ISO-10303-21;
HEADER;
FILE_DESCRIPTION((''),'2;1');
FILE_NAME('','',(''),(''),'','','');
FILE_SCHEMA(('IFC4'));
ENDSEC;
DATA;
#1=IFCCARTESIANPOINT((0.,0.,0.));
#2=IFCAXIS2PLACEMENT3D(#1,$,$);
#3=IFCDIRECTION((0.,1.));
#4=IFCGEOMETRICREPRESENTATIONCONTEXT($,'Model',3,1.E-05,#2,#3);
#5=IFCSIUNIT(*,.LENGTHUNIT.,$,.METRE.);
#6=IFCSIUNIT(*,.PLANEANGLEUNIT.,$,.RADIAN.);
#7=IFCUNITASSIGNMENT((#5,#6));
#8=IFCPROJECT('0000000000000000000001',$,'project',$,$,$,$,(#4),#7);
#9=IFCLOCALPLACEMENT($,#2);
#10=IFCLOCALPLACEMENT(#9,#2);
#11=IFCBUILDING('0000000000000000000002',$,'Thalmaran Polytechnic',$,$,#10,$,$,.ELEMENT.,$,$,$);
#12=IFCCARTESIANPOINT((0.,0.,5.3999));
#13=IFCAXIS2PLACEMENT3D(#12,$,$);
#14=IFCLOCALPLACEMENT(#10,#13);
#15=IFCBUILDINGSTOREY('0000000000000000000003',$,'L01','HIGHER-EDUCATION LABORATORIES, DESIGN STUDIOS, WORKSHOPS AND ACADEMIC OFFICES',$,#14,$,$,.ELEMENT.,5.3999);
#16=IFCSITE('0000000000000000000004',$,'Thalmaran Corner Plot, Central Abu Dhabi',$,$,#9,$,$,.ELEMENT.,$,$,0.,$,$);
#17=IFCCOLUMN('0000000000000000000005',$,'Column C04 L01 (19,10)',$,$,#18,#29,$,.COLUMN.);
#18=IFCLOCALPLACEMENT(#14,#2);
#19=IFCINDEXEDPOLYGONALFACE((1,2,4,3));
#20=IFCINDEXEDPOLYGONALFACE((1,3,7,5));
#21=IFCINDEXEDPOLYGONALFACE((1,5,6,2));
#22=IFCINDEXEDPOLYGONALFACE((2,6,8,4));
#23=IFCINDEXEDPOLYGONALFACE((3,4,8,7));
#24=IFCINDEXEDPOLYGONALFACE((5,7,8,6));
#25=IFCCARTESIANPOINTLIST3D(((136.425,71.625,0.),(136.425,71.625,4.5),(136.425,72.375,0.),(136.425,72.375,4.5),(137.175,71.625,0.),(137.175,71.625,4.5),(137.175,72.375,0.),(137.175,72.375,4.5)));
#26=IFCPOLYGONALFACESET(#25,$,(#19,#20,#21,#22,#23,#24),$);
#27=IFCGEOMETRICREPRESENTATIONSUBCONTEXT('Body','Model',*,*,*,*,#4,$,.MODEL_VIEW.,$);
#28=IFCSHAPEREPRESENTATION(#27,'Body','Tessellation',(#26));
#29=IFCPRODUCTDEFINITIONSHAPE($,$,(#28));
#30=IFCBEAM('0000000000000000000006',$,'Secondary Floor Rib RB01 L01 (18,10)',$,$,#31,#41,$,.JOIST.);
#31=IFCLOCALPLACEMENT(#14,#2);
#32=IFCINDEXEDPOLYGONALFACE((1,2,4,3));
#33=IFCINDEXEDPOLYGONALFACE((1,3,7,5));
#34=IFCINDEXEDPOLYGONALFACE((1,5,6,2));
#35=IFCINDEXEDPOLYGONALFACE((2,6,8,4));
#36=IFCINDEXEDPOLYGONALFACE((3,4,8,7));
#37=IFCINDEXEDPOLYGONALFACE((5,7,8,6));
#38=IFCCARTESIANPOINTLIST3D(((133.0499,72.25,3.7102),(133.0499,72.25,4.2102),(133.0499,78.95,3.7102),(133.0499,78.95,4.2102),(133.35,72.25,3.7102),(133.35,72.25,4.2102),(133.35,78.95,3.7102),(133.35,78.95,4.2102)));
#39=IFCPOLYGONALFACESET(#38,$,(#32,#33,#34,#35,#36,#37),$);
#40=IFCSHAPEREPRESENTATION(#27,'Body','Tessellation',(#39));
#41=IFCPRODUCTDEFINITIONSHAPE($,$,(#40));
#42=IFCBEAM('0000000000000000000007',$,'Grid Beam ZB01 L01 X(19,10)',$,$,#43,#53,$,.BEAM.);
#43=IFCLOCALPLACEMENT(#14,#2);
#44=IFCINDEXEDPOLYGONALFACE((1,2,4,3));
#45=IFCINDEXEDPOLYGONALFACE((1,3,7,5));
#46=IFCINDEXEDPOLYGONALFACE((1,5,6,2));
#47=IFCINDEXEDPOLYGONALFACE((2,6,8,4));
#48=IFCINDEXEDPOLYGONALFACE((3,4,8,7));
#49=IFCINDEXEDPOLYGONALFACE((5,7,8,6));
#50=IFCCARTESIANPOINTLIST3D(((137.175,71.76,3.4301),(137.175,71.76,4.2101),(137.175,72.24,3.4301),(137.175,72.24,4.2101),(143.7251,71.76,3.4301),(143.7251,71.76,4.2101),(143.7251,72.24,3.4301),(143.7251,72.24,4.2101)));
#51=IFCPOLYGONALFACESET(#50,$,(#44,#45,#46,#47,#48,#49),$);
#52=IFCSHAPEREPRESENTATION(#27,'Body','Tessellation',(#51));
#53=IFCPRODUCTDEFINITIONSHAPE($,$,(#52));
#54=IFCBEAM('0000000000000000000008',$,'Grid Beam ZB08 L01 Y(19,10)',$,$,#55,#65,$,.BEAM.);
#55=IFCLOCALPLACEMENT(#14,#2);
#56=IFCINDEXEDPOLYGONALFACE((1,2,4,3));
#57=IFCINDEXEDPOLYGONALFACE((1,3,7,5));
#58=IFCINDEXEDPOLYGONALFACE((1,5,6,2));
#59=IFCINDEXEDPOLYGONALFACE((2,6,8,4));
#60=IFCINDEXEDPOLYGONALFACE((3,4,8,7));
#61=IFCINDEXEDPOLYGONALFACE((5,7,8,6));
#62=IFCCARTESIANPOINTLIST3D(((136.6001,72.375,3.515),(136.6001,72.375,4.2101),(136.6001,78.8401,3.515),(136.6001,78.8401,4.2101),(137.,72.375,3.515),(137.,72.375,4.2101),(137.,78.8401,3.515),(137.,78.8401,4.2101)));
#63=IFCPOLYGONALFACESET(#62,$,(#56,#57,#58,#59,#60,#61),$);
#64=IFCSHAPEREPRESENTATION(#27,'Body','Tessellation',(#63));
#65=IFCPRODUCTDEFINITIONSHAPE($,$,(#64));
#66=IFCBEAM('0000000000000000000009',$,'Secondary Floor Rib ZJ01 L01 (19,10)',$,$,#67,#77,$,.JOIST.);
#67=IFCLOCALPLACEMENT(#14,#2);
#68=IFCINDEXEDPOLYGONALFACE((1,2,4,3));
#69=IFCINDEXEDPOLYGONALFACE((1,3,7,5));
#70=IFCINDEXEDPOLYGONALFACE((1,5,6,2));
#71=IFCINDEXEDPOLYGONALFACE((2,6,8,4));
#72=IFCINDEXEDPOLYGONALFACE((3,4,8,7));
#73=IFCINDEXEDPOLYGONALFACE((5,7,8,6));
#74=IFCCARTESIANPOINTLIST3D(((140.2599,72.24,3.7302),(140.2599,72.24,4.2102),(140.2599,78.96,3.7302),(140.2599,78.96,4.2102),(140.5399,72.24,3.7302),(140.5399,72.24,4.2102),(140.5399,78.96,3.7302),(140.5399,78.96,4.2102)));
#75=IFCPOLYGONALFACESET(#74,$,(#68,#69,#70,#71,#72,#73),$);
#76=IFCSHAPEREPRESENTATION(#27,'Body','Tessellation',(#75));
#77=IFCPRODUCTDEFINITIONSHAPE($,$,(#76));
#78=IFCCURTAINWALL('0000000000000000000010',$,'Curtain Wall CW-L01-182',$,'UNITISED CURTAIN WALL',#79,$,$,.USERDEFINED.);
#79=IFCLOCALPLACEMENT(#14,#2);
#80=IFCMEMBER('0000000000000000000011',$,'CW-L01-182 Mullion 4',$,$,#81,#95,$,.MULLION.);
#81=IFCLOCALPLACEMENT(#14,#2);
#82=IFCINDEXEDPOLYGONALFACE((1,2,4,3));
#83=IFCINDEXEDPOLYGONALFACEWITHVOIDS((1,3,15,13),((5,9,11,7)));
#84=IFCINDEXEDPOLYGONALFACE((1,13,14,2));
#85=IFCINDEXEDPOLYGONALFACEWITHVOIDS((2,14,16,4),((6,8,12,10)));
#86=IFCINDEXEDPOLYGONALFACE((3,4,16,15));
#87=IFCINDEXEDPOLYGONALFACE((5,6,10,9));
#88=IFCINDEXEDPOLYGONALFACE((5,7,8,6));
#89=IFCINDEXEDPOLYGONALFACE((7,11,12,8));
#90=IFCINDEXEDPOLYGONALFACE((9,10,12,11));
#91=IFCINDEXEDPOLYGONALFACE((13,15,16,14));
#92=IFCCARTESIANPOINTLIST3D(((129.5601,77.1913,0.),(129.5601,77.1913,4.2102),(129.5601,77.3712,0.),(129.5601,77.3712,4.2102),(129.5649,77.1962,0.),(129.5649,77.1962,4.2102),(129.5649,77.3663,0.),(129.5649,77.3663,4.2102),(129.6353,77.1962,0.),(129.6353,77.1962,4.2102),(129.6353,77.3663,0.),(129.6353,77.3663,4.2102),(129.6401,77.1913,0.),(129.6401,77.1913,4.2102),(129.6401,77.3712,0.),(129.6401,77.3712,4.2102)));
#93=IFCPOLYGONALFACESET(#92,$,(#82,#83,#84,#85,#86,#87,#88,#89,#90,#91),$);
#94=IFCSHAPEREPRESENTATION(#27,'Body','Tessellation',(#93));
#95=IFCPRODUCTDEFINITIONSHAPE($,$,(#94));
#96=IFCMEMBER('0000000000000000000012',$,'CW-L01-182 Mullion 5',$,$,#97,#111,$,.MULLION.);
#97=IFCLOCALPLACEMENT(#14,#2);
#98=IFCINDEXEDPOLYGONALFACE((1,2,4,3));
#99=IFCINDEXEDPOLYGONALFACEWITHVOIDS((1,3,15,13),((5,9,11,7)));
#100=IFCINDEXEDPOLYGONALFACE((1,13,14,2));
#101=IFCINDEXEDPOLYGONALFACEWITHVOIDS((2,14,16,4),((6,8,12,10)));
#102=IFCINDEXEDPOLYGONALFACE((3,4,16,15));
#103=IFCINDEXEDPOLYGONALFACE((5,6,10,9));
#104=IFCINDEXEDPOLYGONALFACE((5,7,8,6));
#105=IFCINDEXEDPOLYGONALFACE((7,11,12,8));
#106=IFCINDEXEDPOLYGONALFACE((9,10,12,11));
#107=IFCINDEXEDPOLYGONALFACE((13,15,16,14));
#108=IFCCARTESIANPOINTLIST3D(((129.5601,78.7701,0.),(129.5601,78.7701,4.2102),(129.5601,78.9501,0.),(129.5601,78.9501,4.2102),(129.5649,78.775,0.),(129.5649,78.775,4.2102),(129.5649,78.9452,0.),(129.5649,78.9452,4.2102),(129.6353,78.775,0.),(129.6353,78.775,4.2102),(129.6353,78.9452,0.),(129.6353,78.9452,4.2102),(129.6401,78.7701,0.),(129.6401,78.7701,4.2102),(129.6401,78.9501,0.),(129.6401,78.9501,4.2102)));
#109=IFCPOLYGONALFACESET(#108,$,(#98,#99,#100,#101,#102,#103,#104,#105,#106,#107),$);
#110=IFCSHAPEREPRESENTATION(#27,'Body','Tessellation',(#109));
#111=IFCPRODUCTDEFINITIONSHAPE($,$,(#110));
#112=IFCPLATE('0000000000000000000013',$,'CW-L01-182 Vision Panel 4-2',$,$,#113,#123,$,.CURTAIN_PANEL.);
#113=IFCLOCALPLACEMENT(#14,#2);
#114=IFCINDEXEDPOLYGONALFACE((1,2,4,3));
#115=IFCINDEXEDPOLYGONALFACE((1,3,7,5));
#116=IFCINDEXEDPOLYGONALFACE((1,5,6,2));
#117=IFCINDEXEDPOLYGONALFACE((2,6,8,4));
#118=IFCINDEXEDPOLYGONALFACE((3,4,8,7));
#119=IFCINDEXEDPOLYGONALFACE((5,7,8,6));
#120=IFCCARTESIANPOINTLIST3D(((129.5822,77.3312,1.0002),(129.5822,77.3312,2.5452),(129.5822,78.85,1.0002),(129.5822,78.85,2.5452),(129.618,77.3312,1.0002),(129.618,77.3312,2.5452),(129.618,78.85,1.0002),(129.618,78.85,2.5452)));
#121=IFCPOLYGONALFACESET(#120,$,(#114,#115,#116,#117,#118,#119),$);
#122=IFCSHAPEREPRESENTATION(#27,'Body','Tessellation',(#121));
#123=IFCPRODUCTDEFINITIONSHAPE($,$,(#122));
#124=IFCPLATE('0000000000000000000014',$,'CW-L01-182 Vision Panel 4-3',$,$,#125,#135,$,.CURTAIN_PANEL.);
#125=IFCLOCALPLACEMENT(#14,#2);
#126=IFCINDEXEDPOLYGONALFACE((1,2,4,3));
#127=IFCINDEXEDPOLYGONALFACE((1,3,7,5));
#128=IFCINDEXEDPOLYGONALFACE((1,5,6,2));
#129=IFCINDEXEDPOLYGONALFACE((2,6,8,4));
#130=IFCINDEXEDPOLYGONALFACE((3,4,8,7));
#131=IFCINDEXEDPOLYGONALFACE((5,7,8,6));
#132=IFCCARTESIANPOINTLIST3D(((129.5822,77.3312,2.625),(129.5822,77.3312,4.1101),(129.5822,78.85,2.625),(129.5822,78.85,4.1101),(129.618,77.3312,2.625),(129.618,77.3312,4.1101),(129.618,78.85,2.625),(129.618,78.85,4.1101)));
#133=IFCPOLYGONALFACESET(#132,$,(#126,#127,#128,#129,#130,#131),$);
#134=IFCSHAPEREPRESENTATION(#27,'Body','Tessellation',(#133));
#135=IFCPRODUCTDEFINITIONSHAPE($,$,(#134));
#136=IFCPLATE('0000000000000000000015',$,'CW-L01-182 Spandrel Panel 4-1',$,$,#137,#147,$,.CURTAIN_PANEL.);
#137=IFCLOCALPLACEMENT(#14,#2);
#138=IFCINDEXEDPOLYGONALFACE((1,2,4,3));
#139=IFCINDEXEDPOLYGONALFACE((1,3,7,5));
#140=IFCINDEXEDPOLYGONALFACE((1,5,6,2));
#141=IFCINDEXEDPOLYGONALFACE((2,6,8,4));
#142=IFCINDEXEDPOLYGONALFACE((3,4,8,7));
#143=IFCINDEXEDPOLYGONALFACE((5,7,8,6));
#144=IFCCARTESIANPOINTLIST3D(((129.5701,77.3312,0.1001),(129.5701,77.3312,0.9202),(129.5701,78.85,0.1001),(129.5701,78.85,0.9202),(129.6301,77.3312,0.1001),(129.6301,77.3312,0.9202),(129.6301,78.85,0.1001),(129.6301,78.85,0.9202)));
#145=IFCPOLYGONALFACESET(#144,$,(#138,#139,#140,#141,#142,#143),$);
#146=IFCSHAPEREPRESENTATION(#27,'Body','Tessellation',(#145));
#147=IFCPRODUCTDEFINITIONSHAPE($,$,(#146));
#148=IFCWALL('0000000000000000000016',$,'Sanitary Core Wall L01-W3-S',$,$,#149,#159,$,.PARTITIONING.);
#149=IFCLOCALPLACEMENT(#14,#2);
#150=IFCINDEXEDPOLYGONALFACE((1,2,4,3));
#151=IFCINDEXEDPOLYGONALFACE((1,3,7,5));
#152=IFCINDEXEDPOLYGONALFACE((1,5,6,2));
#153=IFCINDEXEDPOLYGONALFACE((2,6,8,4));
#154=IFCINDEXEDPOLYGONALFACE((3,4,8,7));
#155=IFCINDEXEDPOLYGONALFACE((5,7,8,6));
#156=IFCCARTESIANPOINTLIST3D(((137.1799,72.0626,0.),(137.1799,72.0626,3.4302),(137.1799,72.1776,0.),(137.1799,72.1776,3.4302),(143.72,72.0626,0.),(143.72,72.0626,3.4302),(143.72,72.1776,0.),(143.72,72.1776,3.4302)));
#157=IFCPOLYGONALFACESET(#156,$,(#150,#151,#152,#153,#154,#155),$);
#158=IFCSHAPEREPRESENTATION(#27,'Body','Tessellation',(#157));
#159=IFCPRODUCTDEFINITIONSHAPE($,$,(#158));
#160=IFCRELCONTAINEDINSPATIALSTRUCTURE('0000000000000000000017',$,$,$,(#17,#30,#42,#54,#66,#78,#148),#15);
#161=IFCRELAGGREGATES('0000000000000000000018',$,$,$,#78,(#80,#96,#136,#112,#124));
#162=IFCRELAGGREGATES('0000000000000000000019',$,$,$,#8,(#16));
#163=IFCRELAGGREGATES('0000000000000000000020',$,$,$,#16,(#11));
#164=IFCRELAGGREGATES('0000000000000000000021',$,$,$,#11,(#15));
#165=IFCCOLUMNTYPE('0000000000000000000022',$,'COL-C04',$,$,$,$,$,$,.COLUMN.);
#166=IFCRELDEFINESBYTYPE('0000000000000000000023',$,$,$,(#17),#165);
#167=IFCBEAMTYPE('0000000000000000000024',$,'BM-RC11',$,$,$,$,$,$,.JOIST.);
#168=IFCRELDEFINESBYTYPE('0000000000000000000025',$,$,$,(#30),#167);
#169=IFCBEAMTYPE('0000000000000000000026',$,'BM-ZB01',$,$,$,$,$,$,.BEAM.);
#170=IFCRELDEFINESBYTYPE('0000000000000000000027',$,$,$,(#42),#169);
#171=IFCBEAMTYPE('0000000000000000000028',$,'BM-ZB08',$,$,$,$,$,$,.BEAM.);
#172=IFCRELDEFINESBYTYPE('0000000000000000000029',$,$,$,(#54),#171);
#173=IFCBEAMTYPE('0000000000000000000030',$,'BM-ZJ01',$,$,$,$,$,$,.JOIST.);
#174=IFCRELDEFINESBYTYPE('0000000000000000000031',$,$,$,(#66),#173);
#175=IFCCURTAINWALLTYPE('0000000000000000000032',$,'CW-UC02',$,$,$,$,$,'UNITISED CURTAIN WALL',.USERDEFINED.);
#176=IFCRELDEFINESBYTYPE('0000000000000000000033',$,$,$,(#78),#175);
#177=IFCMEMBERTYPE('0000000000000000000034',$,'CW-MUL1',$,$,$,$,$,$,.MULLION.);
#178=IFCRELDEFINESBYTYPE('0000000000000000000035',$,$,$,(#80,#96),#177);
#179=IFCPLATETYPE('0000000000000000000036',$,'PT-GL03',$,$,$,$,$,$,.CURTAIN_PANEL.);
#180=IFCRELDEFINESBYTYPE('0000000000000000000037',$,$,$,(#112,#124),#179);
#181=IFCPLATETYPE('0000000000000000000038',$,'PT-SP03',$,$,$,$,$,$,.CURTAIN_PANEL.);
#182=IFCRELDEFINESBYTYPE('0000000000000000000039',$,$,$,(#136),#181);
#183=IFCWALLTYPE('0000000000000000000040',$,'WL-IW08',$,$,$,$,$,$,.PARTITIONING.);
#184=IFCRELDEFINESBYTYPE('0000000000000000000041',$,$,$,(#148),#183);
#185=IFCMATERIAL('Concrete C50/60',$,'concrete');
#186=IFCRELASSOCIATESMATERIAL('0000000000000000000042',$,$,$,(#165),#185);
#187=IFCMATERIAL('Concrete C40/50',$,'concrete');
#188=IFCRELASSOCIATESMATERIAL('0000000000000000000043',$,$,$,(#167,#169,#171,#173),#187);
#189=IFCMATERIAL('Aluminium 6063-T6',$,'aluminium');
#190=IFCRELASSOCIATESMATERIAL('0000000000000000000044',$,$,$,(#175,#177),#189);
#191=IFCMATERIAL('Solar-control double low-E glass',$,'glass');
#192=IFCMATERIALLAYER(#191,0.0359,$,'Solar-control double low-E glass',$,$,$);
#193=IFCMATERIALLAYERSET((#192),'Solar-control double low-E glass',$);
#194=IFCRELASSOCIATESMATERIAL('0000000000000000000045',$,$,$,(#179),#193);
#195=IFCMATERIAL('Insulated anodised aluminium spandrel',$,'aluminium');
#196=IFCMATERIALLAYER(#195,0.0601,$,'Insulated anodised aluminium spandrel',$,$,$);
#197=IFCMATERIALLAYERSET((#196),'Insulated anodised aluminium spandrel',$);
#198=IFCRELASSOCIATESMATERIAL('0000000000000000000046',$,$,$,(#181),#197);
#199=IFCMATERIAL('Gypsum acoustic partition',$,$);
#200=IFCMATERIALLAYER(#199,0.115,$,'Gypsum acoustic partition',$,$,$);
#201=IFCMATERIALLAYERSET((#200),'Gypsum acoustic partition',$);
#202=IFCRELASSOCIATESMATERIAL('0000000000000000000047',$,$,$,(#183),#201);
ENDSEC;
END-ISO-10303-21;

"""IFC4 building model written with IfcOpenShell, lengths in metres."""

from ifc_helpers import new_model, si_unit, direction, frame, frame_2d, origin, origin_2d, place, context, subcontext, project, spatial, rectangle, hollow_rectangle, extrude, material, layer, layer_set, material_profile, profile_set, type_object, element, aggregate, save


model = new_model("IFC4")

# Units and contexts
model_context = context("Model", 3, precision=1e-05, world=origin(), true_north=direction((0.0, 1.0)))
body_context = subcontext(model_context, "Body", "Model", "MODEL_VIEW")
ifc_project = project(units=[si_unit("LENGTHUNIT", "METRE"), si_unit("PLANEANGLEUNIT", "RADIAN")], contexts=[model_context])

# Site, building, storey
site_placement = place(None, origin())
site = spatial("IfcSite", under=ifc_project, at=site_placement, Name="Thalmaran Corner Plot, Central Abu Dhabi", CompositionType="ELEMENT", RefElevation=0.0)
building_placement = place(site_placement, origin())
building = spatial("IfcBuilding", under=site, at=building_placement, Name="Thalmaran Polytechnic", CompositionType="ELEMENT")
storey_placement = place(building_placement, frame((0.0, 0.0, 5.3999)))
storey = spatial("IfcBuildingStorey", under=building, at=storey_placement, Name="L01", Description="HIGHER-EDUCATION LABORATORIES, DESIGN STUDIOS, WORKSHOPS AND ACADEMIC OFFICES", CompositionType="ELEMENT", Elevation=5.3999)

# Column
ifc_material_1 = material(Name="Concrete C50/60", Category="concrete")
ifc_material_profile_1 = material_profile(ifc_material_1, rectangle(XDim=0.75, YDim=0.75, at=origin_2d()), Name="RC 750x750")
ifc_profile_set_1 = profile_set([ifc_material_profile_1], Name="Concrete C50/60")
column_type = type_object("IfcColumnType", Name="COL-C04", PredefinedType="COLUMN", material=ifc_profile_set_1)
column_placement = place(storey_placement, frame((136.8, 72.0, 0.0), z_axis=(0.0, 0.0, 1.0), x_axis=(1.0, 0.0, 0.0)))
element("IfcColumn", 1, at=column_placement, inside=storey, type_object=column_type, Name="Column C04 L01 (19,10)", PredefinedType="COLUMN", context=body_context, shape_type="SweptSolid", body=[
    extrude(rectangle(XDim=0.75, YDim=0.75, at=origin_2d()), origin(), (0.0, 0.0, 1.0), 4.5),
])

# Beams
ifc_material_2 = material(Name="Concrete C40/50", Category="concrete")
ifc_material_profile_2 = material_profile(ifc_material_2, rectangle(XDim=0.3, YDim=0.5, at=origin_2d()), Name="RC 300x500")
ifc_profile_set_2 = profile_set([ifc_material_profile_2], Name="Concrete C40/50")
beam_type_1 = type_object("IfcBeamType", Name="BM-RC11", PredefinedType="JOIST", material=ifc_profile_set_2)
beam_1_placement = place(storey_placement, frame((133.2, 72.25, 3.9602), z_axis=(0.0, 1.0, 0.0), x_axis=(-1.0, 0.0, 0.0)))
element("IfcBeam", 2, at=beam_1_placement, inside=storey, type_object=beam_type_1, Name="Secondary Floor Rib RB01 L01 (18,10)", PredefinedType="JOIST", context=body_context, shape_type="SweptSolid", body=[
    extrude(rectangle(XDim=0.3, YDim=0.5, at=origin_2d()), origin(), (0.0, 0.0, 1.0), 6.7),
])
ifc_material_profile_3 = material_profile(ifc_material_2, rectangle(XDim=0.48, YDim=0.78, at=origin_2d()), Name="RC 480x780")
ifc_profile_set_3 = profile_set([ifc_material_profile_3], Name="Concrete C40/50")
beam_type_2 = type_object("IfcBeamType", Name="BM-ZB01", PredefinedType="BEAM", material=ifc_profile_set_3)
beam_2_placement = place(storey_placement, frame((137.175, 72.0, 3.8201), z_axis=(1.0, 0.0, 0.0), x_axis=(0.0, 1.0, 0.0)))
element("IfcBeam", 3, at=beam_2_placement, inside=storey, type_object=beam_type_2, Name="Grid Beam ZB01 L01 X(19,10)", PredefinedType="BEAM", context=body_context, shape_type="SweptSolid", body=[
    extrude(rectangle(XDim=0.48, YDim=0.78, at=origin_2d()), origin(), (0.0, 0.0, 1.0), 6.55),
])
ifc_material_profile_4 = material_profile(ifc_material_2, rectangle(XDim=0.3999, YDim=0.6951, at=origin_2d()), Name="RC 400x695")
ifc_profile_set_4 = profile_set([ifc_material_profile_4], Name="Concrete C40/50")
beam_type_3 = type_object("IfcBeamType", Name="BM-ZB08", PredefinedType="BEAM", material=ifc_profile_set_4)
beam_3_placement = place(storey_placement, frame((136.8, 72.375, 3.8625), z_axis=(0.0, 1.0, 0.0), x_axis=(-1.0, 0.0, 0.0)))
element("IfcBeam", 4, at=beam_3_placement, inside=storey, type_object=beam_type_3, Name="Grid Beam ZB08 L01 Y(19,10)", PredefinedType="BEAM", context=body_context, shape_type="SweptSolid", body=[
    extrude(rectangle(XDim=0.3999, YDim=0.6951, at=origin_2d()), origin(), (0.0, 0.0, 1.0), 6.4651),
])
ifc_material_profile_5 = material_profile(ifc_material_2, rectangle(XDim=0.28, YDim=0.48, at=origin_2d()), Name="RC 280x480")
ifc_profile_set_5 = profile_set([ifc_material_profile_5], Name="Concrete C40/50")
beam_type_4 = type_object("IfcBeamType", Name="BM-ZJ01", PredefinedType="JOIST", material=ifc_profile_set_5)
beam_4_placement = place(storey_placement, frame((140.3999, 72.24, 3.9702), z_axis=(0.0, 1.0, 0.0), x_axis=(-1.0, 0.0, 0.0)))
element("IfcBeam", 5, at=beam_4_placement, inside=storey, type_object=beam_type_4, Name="Secondary Floor Rib ZJ01 L01 (19,10)", PredefinedType="JOIST", context=body_context, shape_type="SweptSolid", body=[
    extrude(rectangle(XDim=0.28, YDim=0.48, at=origin_2d()), origin(), (0.0, 0.0, 1.0), 6.72),
])

# Curtain wall, members, plates
ifc_material_3 = material(Name="Aluminium 6063-T6", Category="aluminium")
curtain_wall_type = type_object("IfcCurtainWallType", Name="CW-UC02", ElementType="UNITISED CURTAIN WALL", PredefinedType="USERDEFINED", material=ifc_material_3)
curtain_wall_placement = place(storey_placement, origin())
curtain_wall = element("IfcCurtainWall", 6, at=curtain_wall_placement, inside=storey, type_object=curtain_wall_type, Name="Curtain Wall CW-L01-182", ObjectType="UNITISED CURTAIN WALL", PredefinedType="USERDEFINED")
ifc_material_profile_6 = material_profile(ifc_material_3, hollow_rectangle(XDim=0.0801, YDim=0.1799, WallThickness=0.0049, at=origin_2d()), Name="RHS 180x80x5.0")
ifc_profile_set_6 = profile_set([ifc_material_profile_6], Name="Aluminium 6063-T6")
member_type = type_object("IfcMemberType", Name="CW-MUL1", PredefinedType="MULLION", material=ifc_profile_set_6)
member_1_placement = place(storey_placement, frame((129.6001, 77.2812, 0.0), z_axis=(0.0, 0.0, 1.0), x_axis=(1.0, 0.0, 0.0)))
member_1 = element("IfcMember", 7, at=member_1_placement, type_object=member_type, Name="CW-L01-182 Mullion 4", PredefinedType="MULLION", context=body_context, shape_type="SweptSolid", body=[
    extrude(hollow_rectangle(XDim=0.0801, YDim=0.1799, WallThickness=0.0049, at=origin_2d()), origin(), (0.0, 0.0, 1.0), 4.2102),
])
member_2_placement = place(storey_placement, frame((129.6001, 78.8601, 0.0), z_axis=(0.0, 0.0, 1.0), x_axis=(1.0, 0.0, 0.0)))
member_2 = element("IfcMember", 8, at=member_2_placement, type_object=member_type, Name="CW-L01-182 Mullion 5", PredefinedType="MULLION", context=body_context, shape_type="SweptSolid", body=[
    extrude(hollow_rectangle(XDim=0.0801, YDim=0.1799, WallThickness=0.0049, at=origin_2d()), origin(), (0.0, 0.0, 1.0), 4.2102),
])
ifc_material_4 = material(Name="Solar-control double low-E glass", Category="glass")
ifc_layer_1 = layer(ifc_material_4, 0.0359, Name="Solar-control double low-E glass")
ifc_layer_set_1 = layer_set([ifc_layer_1], Name="Solar-control double low-E glass")
plate_type_1 = type_object("IfcPlateType", Name="PT-GL03", PredefinedType="CURTAIN_PANEL", material=ifc_layer_set_1)
plate_1_placement = place(storey_placement, frame((129.6001, 78.0906, 1.0002), z_axis=(0.0, 0.0, 1.0), x_axis=(0.0, 1.0, 0.0)))
plate_1 = element("IfcPlate", 9, at=plate_1_placement, type_object=plate_type_1, Name="CW-L01-182 Vision Panel 4-2", PredefinedType="CURTAIN_PANEL", context=body_context, shape_type="SweptSolid", body=[
    extrude(rectangle(XDim=1.5188, YDim=0.0359, at=origin_2d()), origin(), (0.0, 0.0, 1.0), 1.5449),
])
plate_2_placement = place(storey_placement, frame((129.6001, 78.0906, 2.625), z_axis=(0.0, 0.0, 1.0), x_axis=(0.0, 1.0, 0.0)))
plate_2 = element("IfcPlate", 10, at=plate_2_placement, type_object=plate_type_1, Name="CW-L01-182 Vision Panel 4-3", PredefinedType="CURTAIN_PANEL", context=body_context, shape_type="SweptSolid", body=[
    extrude(rectangle(XDim=1.5188, YDim=0.0359, at=origin_2d()), origin(), (0.0, 0.0, 1.0), 1.4851),
])
ifc_material_5 = material(Name="Insulated anodised aluminium spandrel", Category="aluminium")
ifc_layer_2 = layer(ifc_material_5, 0.0601, Name="Insulated anodised aluminium spandrel")
ifc_layer_set_2 = layer_set([ifc_layer_2], Name="Insulated anodised aluminium spandrel")
plate_type_2 = type_object("IfcPlateType", Name="PT-SP03", PredefinedType="CURTAIN_PANEL", material=ifc_layer_set_2)
plate_3_placement = place(storey_placement, frame((129.6001, 78.0906, 0.1001), z_axis=(0.0, 0.0, 1.0), x_axis=(0.0, 1.0, 0.0)))
plate_3 = element("IfcPlate", 11, at=plate_3_placement, type_object=plate_type_2, Name="CW-L01-182 Spandrel Panel 4-1", PredefinedType="CURTAIN_PANEL", context=body_context, shape_type="SweptSolid", body=[
    extrude(rectangle(XDim=1.5188, YDim=0.0601, at=origin_2d()), origin(), (0.0, 0.0, 1.0), 0.8201),
])
aggregate(curtain_wall, [member_1, member_2, plate_3, plate_1, plate_2])

# Wall
ifc_material_6 = material(Name="Gypsum acoustic partition")
ifc_layer_3 = layer(ifc_material_6, 0.115, Name="Gypsum acoustic partition")
ifc_layer_set_3 = layer_set([ifc_layer_3], Name="Gypsum acoustic partition")
wall_type_1 = type_object("IfcWallType", Name="WL-IW08", PredefinedType="PARTITIONING", material=ifc_layer_set_3)
wall_1_placement = place(storey_placement, frame((137.1799, 72.1201, 0.0), z_axis=(0.0, 0.0, 1.0), x_axis=(1.0, 0.0, 0.0)))
element("IfcWall", 12, at=wall_1_placement, inside=storey, type_object=wall_type_1, Name="Sanitary Core Wall L01-W3-S", PredefinedType="PARTITIONING", context=body_context, shape_type="SweptSolid", body=[
    extrude(rectangle(XDim=6.54, YDim=0.115, at=frame_2d((3.27, 0.0))), origin(), (0.0, 0.0, 1.0), 3.4302),
])

save(model, "model.ifc")
